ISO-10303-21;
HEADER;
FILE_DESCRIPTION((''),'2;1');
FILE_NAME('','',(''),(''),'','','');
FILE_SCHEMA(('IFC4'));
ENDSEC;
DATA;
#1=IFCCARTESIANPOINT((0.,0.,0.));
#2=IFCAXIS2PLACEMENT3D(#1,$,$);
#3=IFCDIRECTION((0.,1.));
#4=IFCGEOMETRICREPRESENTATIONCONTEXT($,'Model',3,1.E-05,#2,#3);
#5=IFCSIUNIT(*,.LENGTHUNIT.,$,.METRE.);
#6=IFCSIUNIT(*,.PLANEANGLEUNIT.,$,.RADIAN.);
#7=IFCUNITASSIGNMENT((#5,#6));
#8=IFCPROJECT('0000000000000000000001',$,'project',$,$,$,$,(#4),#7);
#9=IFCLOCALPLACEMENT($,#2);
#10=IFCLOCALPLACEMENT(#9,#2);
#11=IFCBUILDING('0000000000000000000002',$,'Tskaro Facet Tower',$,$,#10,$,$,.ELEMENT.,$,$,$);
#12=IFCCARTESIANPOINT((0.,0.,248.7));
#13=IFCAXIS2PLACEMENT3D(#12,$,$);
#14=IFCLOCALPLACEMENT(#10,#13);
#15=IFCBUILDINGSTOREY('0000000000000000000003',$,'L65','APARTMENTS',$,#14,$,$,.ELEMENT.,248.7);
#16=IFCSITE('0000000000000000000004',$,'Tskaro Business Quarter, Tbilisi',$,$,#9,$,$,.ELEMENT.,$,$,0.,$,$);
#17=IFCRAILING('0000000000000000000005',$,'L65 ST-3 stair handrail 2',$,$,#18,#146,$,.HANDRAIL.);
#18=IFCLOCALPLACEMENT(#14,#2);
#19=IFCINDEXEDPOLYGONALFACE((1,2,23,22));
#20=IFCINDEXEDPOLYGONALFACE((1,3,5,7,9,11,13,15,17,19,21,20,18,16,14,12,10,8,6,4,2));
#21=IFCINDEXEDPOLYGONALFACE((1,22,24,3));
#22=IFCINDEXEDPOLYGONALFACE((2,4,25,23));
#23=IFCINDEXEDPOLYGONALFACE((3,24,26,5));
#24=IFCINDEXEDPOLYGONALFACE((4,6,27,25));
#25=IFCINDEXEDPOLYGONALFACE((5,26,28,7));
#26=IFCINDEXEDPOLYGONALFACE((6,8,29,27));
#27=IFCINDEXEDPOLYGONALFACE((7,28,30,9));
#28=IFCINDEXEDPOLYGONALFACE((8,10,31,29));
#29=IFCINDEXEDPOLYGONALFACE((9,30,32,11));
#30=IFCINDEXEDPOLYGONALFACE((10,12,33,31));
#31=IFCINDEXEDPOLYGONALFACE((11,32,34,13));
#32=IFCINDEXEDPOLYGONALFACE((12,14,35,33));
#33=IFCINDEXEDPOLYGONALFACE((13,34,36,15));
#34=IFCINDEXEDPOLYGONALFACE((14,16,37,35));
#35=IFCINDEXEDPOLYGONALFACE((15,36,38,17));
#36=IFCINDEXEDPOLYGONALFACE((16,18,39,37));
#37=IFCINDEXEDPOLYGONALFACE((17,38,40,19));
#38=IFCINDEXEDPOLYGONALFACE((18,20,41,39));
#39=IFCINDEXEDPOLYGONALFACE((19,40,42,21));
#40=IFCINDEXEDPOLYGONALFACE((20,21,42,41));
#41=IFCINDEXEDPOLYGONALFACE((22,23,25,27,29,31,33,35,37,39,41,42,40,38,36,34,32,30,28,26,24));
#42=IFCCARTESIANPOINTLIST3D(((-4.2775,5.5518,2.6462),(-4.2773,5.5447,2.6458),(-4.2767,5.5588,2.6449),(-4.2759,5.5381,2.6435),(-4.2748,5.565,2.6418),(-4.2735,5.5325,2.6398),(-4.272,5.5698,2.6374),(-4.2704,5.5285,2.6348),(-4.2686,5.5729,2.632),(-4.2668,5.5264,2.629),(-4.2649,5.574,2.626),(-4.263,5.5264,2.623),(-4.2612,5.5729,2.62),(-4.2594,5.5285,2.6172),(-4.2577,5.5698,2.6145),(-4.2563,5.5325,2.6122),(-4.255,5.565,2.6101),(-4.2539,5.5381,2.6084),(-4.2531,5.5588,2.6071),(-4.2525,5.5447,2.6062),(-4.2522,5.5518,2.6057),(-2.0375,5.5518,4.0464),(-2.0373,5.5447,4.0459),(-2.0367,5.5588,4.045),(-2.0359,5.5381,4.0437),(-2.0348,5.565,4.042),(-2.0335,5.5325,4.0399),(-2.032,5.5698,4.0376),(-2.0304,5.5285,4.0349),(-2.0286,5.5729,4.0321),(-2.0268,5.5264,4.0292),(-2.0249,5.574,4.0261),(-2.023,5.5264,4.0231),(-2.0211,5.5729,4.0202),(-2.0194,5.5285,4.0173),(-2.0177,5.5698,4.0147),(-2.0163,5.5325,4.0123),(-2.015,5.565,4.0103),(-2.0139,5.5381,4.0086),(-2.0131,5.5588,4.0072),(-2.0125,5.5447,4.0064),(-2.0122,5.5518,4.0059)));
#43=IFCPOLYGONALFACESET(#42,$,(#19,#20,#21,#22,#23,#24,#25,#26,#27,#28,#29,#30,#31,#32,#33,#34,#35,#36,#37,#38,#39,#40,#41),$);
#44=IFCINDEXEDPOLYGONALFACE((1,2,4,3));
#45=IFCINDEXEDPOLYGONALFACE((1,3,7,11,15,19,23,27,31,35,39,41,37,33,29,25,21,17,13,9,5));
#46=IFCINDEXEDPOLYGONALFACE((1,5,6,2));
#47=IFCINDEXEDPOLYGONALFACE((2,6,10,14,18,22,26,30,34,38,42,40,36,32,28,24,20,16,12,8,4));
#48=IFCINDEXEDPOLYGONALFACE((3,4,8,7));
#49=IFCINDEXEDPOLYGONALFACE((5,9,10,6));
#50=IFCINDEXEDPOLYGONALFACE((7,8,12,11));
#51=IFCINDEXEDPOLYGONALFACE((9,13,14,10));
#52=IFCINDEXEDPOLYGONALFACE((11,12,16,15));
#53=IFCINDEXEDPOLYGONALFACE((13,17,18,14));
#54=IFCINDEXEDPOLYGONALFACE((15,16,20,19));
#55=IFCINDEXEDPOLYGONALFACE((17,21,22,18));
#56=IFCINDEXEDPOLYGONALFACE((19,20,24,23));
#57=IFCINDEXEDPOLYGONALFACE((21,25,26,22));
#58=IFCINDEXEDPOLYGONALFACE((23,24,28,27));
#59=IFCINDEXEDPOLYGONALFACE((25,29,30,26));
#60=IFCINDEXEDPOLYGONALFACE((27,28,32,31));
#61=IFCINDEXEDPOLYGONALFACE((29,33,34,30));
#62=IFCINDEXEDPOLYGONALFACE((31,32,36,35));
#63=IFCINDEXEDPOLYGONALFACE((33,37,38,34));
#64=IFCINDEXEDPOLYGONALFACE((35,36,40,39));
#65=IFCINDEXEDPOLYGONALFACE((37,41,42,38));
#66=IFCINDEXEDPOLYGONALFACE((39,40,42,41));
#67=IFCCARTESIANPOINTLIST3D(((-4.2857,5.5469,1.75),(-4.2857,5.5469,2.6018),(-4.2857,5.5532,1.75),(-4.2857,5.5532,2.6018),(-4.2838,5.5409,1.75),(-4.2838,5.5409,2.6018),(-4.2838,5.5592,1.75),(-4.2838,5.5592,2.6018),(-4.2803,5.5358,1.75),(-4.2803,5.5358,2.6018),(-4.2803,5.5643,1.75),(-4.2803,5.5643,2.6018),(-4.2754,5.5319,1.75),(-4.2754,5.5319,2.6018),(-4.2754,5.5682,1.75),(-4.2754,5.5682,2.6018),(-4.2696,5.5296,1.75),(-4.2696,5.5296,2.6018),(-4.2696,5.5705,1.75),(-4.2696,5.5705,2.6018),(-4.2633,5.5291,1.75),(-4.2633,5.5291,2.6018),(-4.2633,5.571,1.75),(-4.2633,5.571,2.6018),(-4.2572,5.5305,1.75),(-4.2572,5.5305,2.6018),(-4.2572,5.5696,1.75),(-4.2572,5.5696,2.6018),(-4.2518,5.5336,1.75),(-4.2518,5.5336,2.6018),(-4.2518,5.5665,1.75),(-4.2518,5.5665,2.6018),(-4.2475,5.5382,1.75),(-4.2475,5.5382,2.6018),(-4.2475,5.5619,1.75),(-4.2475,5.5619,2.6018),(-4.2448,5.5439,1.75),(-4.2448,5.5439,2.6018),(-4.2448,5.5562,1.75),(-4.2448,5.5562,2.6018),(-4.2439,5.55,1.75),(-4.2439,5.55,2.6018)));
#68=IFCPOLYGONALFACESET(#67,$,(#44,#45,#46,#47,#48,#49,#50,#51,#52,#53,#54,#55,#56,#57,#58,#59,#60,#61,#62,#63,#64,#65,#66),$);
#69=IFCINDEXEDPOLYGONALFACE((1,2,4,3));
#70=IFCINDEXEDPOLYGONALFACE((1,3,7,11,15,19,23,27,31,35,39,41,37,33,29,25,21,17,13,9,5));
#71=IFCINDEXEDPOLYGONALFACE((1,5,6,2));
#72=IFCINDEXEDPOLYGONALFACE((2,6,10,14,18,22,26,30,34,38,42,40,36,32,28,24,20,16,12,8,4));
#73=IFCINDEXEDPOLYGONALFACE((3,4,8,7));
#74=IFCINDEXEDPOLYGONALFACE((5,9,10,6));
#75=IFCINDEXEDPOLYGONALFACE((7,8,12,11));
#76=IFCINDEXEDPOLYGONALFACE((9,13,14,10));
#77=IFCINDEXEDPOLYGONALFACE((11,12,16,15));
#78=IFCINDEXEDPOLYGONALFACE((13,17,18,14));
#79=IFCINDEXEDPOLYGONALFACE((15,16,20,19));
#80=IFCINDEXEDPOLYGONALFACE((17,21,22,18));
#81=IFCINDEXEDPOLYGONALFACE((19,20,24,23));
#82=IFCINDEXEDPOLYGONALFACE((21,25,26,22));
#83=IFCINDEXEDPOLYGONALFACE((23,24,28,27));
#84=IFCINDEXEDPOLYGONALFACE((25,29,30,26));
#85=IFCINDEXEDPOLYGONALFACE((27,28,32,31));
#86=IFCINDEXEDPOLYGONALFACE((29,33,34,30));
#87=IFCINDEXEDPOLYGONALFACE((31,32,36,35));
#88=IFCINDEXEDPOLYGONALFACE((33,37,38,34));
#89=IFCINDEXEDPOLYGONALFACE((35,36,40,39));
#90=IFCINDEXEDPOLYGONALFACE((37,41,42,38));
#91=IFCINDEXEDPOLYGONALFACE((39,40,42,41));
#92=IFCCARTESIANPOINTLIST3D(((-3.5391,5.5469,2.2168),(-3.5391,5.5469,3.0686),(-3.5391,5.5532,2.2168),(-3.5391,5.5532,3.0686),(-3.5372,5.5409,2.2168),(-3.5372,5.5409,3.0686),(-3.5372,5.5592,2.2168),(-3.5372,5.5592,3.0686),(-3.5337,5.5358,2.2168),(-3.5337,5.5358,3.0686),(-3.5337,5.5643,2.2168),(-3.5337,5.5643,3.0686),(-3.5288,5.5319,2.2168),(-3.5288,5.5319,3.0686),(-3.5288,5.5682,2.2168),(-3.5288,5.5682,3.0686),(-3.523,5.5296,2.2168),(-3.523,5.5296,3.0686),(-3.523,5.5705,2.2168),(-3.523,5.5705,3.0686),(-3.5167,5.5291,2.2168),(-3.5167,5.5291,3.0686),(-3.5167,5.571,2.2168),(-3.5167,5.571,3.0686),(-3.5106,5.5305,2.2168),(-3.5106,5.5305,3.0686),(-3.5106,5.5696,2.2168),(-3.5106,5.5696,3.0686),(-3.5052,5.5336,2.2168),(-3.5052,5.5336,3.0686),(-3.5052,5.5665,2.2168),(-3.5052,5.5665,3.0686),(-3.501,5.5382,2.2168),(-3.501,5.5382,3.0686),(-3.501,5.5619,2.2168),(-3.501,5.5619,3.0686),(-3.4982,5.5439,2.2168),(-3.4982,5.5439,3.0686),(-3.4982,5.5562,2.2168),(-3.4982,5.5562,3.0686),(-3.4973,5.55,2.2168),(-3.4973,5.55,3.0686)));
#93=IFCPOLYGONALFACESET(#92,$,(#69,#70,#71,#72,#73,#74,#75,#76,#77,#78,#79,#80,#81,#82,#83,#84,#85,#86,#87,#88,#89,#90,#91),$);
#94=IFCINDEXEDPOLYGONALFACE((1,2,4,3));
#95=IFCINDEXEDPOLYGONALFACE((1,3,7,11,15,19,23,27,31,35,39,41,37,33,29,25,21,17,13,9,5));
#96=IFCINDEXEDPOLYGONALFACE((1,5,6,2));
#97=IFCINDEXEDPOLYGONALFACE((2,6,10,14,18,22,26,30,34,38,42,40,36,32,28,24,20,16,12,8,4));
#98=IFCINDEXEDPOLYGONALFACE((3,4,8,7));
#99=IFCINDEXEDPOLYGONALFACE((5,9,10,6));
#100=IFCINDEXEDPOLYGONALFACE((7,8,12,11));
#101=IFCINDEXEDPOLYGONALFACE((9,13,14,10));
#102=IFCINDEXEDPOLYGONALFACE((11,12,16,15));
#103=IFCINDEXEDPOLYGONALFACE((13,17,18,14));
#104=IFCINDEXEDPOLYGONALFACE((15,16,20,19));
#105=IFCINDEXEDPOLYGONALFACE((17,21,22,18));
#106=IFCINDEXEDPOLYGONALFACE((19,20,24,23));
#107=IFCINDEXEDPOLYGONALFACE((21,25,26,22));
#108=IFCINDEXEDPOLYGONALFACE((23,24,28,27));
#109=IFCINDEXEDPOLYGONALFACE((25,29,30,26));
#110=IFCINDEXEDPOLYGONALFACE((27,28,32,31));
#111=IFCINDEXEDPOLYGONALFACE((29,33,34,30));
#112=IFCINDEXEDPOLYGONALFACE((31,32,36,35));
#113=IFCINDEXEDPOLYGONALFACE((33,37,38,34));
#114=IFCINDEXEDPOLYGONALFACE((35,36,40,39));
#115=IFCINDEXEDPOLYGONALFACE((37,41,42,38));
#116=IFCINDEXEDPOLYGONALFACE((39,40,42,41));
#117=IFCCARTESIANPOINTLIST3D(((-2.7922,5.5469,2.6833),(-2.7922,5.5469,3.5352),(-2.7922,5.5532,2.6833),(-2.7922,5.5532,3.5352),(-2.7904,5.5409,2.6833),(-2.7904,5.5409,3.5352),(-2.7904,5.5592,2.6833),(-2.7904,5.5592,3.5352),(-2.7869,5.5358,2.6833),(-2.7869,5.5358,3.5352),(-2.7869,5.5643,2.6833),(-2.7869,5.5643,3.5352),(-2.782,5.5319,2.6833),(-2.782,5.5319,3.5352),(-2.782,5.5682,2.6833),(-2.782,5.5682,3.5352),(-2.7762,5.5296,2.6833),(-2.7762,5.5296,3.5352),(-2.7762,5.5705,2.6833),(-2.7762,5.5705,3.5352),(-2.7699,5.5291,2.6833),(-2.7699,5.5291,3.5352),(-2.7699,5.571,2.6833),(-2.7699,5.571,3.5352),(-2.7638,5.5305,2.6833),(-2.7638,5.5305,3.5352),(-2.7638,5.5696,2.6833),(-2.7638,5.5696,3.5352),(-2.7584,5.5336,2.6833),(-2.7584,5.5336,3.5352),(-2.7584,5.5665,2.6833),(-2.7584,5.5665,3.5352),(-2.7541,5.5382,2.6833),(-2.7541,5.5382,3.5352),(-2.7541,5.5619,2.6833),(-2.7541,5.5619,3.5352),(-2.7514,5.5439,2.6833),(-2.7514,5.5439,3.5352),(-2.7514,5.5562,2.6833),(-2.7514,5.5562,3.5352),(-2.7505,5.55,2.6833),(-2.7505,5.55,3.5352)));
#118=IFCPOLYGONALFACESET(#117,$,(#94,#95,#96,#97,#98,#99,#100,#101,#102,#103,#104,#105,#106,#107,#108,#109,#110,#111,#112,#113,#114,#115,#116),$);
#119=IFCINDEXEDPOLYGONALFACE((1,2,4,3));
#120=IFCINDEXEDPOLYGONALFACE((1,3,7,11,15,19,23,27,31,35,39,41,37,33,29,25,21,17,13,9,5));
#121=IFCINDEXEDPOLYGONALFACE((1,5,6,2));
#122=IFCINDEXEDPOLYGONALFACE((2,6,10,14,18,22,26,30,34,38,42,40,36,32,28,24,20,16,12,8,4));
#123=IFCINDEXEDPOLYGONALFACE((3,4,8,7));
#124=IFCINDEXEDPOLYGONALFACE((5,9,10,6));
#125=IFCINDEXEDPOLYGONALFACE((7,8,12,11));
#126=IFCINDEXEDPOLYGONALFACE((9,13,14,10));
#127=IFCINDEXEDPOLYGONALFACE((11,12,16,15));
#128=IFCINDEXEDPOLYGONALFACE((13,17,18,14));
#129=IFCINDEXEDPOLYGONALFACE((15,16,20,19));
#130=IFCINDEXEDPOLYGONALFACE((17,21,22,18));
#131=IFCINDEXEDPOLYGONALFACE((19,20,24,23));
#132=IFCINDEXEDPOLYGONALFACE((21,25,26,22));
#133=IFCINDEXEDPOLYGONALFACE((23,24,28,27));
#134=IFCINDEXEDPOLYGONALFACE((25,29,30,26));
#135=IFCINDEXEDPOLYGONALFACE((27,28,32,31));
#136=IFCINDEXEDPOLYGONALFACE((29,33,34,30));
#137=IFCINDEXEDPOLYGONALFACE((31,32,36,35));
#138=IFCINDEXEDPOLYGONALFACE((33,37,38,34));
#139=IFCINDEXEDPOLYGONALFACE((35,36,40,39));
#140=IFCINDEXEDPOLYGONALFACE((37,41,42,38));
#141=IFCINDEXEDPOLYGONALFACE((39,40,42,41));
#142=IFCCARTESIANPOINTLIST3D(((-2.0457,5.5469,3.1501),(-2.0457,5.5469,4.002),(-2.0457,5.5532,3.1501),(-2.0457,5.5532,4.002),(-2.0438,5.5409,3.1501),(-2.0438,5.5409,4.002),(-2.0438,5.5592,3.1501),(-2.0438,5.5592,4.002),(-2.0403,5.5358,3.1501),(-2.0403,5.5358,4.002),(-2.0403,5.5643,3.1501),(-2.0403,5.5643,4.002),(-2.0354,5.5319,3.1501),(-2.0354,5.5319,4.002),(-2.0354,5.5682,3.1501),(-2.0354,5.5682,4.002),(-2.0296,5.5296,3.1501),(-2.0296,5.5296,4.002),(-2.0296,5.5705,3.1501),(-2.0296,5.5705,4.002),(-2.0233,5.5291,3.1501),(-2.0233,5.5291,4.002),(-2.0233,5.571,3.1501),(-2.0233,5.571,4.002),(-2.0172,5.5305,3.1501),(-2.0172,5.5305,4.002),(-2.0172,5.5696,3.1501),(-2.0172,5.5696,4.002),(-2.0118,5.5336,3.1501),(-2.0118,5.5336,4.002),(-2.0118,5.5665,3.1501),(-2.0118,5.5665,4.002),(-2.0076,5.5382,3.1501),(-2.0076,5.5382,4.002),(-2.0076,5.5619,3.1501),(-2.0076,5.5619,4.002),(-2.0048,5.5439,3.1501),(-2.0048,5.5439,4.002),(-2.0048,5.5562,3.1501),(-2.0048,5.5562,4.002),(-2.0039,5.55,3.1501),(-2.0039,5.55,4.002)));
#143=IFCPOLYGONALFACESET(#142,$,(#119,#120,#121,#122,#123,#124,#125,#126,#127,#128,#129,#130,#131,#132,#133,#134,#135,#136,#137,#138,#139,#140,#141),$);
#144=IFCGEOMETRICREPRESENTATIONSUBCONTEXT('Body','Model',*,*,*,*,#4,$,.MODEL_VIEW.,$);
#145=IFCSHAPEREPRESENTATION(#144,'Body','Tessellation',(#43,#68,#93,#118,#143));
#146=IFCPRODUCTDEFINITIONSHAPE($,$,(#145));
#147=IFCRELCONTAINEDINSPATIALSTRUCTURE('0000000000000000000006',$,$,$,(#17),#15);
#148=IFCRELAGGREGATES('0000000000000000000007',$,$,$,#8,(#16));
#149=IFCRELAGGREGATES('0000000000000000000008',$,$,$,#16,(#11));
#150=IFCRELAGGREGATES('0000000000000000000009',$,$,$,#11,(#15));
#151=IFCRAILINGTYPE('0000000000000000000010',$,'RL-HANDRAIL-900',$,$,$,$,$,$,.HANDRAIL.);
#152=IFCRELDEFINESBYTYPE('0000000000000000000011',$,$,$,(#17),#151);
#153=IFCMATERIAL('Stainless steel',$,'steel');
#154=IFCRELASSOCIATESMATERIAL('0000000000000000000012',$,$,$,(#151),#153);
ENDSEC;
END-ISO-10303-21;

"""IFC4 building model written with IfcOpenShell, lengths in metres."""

from ifc_helpers import new_model, si_unit, direction, frame, origin, origin_2d, place, context, subcontext, project, spatial, circle, extrude, material, type_object, element, save


model = new_model("IFC4")

# Units and contexts
model_context = context("Model", 3, precision=1e-05, world=origin(), true_north=direction((0.0, 1.0)))
body_context = subcontext(model_context, "Body", "Model", "MODEL_VIEW")
ifc_project = project(units=[si_unit("LENGTHUNIT", "METRE"), si_unit("PLANEANGLEUNIT", "RADIAN")], contexts=[model_context])

# Site, building, storey
site_placement = place(None, origin())
site = spatial("IfcSite", under=ifc_project, at=site_placement, Name="Tskaro Business Quarter, Tbilisi", CompositionType="ELEMENT", RefElevation=0.0)
building_placement = place(site_placement, origin())
building = spatial("IfcBuilding", under=site, at=building_placement, Name="Tskaro Facet Tower", CompositionType="ELEMENT")
storey_placement = place(building_placement, frame((0.0, 0.0, 248.7)))
storey = spatial("IfcBuildingStorey", under=building, at=storey_placement, Name="L65", Description="APARTMENTS", CompositionType="ELEMENT", Elevation=248.7)

# Railing
ifc_material_1 = material(Name="Stainless steel", Category="steel")
railing_type_1 = type_object("IfcRailingType", Name="RL-HANDRAIL-900", PredefinedType="HANDRAIL", material=ifc_material_1)
railing_1_placement = place(storey_placement, frame((-4.2649, 5.55, 1.75)))
element("IfcRailing", 1, at=railing_1_placement, inside=storey, type_object=railing_type_1, Name="L65 ST-3 stair handrail 2", PredefinedType="HANDRAIL", context=body_context, shape_type="SweptSolid", body=[
    extrude(circle(Radius=0.0239, at=origin_2d()), frame((0.0, 0.0, 0.876), z_axis=(0.847972, 0.0, 0.53004), x_axis=(0.0, 1.0, 0.0)), (0.0, 0.0, 1.0), 2.6416),
    extrude(circle(Radius=0.021, at=origin_2d()), origin(), (0.0, 0.0, 1.0), 0.8518),
    extrude(circle(Radius=0.021, at=origin_2d()), frame((0.7466, 0.0, 0.4668)), (0.0, 0.0, 1.0), 0.8518),
    extrude(circle(Radius=0.021, at=origin_2d()), frame((1.4934, 0.0, 0.9333)), (0.0, 0.0, 1.0), 0.8518),
    extrude(circle(Radius=0.021, at=origin_2d()), frame((2.24, 0.0, 1.4001)), (0.0, 0.0, 1.0), 0.8518),
])

save(model, "model.ifc")
